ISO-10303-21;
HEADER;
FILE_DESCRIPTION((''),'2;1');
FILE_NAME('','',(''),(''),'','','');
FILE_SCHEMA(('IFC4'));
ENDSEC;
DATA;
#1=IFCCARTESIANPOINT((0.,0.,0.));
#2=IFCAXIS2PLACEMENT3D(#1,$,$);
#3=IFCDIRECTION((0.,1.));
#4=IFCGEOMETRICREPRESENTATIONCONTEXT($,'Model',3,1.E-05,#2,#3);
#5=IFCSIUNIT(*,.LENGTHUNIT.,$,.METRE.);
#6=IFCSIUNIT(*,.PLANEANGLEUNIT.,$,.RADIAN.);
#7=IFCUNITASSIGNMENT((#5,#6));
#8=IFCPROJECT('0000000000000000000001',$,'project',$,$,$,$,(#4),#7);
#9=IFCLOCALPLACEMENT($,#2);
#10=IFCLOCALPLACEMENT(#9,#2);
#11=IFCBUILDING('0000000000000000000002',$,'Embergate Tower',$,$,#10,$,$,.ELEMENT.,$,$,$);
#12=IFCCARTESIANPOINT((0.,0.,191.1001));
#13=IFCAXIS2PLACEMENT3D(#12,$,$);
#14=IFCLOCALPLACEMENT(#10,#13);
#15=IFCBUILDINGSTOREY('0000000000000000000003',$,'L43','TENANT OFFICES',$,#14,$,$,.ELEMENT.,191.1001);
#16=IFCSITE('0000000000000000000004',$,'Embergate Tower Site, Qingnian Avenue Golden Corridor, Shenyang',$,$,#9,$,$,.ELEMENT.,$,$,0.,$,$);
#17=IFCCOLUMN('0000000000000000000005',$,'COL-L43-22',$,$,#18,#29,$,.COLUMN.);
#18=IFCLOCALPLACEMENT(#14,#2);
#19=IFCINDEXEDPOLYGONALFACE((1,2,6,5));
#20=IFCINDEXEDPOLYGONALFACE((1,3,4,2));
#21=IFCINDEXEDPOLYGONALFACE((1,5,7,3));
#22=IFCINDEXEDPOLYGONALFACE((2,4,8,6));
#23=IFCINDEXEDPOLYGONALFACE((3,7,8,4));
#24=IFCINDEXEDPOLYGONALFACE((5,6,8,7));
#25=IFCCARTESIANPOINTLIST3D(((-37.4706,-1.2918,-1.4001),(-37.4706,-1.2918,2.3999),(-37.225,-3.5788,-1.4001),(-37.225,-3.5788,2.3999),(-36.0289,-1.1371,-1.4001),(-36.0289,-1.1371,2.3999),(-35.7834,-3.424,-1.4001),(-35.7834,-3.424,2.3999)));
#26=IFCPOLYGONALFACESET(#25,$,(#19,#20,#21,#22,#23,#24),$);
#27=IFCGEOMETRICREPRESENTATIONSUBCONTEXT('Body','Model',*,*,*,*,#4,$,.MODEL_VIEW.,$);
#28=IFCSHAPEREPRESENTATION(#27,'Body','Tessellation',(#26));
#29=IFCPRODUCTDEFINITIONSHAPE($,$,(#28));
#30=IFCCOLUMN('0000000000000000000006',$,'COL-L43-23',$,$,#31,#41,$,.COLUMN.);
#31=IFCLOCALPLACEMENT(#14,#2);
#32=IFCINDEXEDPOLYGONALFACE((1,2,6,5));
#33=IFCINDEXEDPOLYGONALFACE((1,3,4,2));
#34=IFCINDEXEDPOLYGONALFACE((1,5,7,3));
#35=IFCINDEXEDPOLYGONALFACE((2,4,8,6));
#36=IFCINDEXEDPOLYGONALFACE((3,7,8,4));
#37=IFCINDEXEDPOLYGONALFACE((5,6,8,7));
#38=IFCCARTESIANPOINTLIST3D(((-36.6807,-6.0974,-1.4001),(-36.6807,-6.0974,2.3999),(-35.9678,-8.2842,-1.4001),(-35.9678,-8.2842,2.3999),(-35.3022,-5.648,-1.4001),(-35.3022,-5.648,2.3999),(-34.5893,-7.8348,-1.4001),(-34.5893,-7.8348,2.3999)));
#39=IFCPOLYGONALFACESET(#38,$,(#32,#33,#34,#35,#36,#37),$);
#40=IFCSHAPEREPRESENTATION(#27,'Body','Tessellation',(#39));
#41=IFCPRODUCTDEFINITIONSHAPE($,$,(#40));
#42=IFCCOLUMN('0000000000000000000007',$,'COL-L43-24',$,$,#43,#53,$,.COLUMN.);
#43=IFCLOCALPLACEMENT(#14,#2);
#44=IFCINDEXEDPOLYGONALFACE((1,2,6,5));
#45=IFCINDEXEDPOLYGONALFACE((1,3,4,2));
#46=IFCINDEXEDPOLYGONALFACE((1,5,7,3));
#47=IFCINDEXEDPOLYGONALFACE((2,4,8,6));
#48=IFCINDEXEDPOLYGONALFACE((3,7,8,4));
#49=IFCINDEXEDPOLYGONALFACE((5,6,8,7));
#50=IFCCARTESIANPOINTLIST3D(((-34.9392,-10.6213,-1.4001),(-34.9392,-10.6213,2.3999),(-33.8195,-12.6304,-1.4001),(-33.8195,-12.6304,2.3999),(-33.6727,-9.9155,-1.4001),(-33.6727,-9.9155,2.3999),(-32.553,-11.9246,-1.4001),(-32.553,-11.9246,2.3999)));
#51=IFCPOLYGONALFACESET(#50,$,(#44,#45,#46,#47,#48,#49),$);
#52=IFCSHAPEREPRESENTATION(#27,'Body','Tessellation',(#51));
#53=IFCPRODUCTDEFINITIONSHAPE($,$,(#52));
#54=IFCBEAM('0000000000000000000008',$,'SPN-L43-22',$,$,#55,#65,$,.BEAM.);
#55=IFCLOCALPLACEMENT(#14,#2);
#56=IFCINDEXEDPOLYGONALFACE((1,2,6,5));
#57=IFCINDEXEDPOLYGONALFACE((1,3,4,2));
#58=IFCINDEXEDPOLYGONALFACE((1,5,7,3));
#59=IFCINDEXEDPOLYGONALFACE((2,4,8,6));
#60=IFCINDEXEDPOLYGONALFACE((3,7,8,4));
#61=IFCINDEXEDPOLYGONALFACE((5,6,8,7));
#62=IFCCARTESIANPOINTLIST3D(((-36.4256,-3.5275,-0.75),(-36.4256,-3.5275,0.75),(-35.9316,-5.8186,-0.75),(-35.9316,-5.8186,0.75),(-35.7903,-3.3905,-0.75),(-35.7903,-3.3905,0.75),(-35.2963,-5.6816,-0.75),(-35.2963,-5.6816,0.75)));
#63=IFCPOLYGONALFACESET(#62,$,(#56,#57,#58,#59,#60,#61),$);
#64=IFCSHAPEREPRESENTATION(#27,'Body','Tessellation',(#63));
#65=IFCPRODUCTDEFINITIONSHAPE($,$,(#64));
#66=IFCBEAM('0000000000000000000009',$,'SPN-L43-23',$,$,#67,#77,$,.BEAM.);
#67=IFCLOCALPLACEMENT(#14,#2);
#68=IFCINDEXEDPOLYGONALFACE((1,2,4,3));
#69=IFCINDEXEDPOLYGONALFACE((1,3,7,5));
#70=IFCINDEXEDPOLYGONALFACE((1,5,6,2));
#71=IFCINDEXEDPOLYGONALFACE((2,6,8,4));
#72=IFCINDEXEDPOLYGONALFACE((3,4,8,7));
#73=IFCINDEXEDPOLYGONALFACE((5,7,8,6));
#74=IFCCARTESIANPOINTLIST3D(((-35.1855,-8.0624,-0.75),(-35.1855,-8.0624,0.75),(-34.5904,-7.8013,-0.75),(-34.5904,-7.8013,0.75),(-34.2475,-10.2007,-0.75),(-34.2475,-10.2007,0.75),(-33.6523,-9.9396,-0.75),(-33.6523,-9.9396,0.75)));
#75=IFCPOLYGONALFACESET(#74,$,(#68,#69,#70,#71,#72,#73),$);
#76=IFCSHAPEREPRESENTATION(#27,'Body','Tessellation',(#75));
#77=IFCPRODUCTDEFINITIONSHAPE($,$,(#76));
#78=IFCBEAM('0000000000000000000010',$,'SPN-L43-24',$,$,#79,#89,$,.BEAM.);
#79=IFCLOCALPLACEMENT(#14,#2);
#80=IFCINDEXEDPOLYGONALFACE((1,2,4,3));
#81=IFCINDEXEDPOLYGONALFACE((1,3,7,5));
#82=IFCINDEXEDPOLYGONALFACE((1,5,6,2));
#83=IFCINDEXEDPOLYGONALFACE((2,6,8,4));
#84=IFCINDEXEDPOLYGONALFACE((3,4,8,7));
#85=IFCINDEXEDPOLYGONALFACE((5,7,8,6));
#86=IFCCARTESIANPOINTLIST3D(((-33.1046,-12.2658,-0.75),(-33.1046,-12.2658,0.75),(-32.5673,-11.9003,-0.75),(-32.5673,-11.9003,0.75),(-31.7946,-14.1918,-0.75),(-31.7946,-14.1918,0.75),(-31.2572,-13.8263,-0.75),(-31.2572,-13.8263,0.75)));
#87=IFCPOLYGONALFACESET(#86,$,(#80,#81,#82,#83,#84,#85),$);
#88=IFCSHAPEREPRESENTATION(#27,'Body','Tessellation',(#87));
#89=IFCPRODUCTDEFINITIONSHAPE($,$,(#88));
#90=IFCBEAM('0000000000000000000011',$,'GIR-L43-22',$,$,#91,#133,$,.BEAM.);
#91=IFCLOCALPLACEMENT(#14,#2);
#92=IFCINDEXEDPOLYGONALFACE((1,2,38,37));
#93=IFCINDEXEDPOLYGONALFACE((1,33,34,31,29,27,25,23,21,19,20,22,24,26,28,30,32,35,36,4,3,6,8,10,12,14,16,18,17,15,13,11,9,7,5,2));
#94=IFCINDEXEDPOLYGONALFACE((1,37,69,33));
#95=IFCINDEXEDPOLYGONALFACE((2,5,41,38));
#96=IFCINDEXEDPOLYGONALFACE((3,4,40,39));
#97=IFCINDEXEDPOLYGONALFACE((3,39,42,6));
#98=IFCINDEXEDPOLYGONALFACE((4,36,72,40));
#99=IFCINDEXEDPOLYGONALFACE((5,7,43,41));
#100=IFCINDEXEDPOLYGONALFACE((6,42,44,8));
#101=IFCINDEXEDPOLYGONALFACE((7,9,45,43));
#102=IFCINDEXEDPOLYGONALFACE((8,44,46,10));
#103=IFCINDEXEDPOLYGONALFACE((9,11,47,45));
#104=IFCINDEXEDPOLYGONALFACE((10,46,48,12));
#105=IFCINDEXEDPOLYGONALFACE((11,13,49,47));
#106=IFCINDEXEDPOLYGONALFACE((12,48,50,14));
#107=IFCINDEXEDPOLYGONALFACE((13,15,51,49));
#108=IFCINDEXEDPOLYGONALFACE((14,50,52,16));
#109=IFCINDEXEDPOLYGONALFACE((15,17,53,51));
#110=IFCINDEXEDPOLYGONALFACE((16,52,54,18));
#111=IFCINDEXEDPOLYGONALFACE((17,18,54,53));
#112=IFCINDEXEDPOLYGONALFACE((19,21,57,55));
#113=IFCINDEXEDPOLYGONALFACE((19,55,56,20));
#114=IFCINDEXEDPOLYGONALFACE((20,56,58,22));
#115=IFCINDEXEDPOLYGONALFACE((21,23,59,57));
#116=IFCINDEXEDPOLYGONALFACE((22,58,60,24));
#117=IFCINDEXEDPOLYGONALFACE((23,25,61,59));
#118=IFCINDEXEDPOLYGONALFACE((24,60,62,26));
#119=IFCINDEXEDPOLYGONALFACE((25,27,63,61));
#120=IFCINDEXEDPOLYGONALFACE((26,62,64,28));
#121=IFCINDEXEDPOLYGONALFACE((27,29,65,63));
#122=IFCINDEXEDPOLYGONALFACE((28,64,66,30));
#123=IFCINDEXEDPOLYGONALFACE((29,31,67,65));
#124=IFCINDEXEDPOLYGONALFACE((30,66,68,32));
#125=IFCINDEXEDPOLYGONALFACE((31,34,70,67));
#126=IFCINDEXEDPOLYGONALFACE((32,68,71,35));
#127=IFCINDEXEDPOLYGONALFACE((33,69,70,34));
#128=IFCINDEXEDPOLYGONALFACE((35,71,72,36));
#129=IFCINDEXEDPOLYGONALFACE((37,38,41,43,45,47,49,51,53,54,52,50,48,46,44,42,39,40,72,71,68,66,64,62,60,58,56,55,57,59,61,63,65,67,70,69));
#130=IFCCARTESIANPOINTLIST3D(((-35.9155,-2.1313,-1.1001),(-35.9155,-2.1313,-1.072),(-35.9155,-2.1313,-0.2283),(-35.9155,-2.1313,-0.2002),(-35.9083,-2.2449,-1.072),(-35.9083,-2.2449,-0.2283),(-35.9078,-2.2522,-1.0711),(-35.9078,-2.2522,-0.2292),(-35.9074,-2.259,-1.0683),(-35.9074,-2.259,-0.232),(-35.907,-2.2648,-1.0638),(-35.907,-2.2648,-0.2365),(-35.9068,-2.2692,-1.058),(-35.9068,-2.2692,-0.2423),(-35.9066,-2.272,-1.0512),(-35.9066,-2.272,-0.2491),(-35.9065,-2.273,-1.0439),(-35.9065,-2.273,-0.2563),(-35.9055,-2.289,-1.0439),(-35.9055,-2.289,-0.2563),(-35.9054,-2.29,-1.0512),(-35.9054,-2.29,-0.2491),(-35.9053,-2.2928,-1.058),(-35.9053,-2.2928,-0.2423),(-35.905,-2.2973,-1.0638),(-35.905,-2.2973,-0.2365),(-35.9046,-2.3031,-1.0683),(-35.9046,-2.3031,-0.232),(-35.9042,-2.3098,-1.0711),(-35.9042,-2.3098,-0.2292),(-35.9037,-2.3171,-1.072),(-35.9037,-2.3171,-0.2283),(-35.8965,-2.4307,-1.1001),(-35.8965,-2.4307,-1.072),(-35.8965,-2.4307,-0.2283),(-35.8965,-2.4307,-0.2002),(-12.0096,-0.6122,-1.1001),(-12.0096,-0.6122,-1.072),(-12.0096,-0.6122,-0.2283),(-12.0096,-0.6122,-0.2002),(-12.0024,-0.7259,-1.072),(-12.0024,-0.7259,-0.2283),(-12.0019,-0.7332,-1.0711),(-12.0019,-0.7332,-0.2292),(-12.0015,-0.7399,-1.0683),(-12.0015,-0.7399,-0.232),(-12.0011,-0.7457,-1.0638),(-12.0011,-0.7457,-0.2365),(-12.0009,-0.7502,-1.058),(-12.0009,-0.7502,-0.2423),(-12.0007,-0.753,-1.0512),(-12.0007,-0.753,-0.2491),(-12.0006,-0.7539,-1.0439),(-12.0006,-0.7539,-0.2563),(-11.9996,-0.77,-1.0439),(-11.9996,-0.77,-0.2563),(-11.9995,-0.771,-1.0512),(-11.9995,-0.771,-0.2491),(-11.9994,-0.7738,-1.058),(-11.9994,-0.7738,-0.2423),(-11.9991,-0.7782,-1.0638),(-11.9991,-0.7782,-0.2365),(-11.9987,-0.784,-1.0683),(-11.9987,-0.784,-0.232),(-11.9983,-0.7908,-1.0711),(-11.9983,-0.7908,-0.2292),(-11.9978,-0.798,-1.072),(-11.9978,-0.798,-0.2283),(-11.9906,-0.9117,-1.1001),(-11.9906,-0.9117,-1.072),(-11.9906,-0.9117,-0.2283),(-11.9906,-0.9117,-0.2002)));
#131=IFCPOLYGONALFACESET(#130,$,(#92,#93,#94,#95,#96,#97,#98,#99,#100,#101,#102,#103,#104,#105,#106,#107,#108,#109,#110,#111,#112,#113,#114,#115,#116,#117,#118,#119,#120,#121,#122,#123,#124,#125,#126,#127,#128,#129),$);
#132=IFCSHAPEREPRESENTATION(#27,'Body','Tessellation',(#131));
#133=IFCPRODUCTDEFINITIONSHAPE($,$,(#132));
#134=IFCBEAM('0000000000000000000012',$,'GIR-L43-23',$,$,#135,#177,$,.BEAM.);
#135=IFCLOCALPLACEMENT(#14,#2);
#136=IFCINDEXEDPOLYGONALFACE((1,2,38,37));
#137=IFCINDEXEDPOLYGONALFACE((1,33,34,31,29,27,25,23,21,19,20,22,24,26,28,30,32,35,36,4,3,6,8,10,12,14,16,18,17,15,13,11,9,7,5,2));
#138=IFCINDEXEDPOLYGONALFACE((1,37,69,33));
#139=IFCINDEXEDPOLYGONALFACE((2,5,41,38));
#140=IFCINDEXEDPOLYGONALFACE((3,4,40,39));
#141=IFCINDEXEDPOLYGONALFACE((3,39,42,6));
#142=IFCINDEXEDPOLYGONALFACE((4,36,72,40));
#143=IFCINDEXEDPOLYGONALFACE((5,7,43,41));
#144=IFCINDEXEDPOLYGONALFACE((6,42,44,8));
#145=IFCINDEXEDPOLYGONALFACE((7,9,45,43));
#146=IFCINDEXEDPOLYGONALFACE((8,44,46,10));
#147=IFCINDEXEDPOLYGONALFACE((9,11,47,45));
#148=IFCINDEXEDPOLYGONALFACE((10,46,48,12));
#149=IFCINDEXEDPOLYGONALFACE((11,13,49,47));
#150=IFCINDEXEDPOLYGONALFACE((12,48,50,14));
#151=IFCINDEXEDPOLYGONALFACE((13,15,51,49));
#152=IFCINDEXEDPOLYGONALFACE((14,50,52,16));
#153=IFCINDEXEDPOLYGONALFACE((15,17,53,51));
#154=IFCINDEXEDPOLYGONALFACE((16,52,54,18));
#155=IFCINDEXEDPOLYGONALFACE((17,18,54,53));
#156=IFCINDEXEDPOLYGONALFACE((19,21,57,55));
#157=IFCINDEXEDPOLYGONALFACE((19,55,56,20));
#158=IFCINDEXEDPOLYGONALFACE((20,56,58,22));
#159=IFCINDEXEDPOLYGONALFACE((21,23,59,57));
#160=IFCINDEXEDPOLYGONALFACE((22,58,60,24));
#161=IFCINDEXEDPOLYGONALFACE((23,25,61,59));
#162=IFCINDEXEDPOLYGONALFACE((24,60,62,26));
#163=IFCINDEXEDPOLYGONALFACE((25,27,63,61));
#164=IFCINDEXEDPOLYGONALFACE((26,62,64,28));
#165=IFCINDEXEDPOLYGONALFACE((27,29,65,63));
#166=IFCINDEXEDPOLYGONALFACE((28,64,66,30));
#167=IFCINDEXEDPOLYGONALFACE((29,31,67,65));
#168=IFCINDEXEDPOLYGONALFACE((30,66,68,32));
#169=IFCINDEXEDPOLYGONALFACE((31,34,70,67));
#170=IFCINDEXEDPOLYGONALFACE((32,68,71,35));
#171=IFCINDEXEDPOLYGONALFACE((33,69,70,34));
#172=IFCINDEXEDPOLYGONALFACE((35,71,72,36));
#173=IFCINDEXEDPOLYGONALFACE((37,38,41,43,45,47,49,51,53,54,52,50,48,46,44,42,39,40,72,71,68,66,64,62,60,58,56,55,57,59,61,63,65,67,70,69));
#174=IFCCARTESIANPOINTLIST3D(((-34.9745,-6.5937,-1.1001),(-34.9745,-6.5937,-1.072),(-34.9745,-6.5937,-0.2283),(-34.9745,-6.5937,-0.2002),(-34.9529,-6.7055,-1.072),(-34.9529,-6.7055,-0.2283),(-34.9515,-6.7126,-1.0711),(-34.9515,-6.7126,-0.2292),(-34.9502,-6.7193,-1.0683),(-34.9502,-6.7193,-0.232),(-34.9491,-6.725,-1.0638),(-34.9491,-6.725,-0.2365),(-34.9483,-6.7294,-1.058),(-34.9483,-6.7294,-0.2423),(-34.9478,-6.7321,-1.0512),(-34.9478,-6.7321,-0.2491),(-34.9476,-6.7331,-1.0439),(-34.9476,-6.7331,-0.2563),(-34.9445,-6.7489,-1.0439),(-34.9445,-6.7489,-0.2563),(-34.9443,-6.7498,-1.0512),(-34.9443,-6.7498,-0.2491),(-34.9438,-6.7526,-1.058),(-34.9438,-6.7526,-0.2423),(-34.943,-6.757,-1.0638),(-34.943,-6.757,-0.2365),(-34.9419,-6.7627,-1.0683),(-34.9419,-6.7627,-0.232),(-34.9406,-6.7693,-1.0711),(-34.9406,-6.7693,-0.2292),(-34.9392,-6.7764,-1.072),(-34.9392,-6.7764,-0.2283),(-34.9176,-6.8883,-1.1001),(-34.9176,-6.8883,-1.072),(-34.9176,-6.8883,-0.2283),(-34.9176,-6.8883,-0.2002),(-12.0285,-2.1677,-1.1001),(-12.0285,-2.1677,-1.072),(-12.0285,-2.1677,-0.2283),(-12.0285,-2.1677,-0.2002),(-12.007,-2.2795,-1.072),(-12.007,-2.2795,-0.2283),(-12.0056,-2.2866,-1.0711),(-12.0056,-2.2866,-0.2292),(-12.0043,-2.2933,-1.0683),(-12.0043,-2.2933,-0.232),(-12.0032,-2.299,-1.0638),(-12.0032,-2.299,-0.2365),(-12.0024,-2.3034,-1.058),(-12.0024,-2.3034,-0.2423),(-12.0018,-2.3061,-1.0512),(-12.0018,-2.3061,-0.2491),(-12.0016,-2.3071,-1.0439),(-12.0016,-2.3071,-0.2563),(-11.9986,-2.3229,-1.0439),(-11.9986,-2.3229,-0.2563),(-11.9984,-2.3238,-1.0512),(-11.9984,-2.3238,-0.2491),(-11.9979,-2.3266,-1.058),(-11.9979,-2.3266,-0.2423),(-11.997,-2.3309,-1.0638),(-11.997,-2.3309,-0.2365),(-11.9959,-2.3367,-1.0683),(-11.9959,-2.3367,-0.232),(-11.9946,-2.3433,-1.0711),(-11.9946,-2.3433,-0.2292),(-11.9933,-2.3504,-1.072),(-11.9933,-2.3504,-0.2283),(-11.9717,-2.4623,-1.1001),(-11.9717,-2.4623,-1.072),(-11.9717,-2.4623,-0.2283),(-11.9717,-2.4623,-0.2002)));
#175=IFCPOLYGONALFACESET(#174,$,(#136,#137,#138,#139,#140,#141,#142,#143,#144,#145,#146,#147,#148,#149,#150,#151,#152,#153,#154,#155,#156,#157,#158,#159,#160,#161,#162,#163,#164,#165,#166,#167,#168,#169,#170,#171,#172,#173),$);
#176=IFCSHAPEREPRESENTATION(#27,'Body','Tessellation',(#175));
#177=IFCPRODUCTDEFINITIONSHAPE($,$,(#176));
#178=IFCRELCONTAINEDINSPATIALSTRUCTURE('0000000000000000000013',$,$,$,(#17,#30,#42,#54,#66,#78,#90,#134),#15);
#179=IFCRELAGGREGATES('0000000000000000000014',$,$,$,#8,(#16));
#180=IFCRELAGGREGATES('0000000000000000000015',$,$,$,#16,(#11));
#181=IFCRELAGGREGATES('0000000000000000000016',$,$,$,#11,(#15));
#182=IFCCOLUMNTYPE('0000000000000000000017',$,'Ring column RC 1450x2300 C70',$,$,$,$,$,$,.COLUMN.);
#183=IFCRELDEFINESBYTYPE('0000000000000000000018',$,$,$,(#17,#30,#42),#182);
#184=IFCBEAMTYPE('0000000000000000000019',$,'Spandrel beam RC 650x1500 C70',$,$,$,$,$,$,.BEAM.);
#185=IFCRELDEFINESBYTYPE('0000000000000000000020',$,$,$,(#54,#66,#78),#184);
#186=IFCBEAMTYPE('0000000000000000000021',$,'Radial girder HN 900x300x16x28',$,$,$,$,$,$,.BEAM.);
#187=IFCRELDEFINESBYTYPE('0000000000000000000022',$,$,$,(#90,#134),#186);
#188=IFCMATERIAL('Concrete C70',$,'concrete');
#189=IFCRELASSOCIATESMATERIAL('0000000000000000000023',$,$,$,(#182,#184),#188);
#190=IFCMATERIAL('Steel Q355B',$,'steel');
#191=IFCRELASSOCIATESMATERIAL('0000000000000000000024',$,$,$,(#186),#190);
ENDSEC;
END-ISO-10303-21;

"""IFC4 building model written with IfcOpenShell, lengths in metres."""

from ifc_helpers import new_model, si_unit, direction, frame, origin, origin_2d, place, context, subcontext, project, spatial, rectangle, i_section, extrude, source, transform, mapped, material, material_profile, profile_set, type_object, element, save


model = new_model("IFC4")

# Units and contexts
model_context = context("Model", 3, precision=1e-05, world=origin(), true_north=direction((0.0, 1.0)))
body_context = subcontext(model_context, "Body", "Model", "MODEL_VIEW")
ifc_project = project(units=[si_unit("LENGTHUNIT", "METRE"), si_unit("PLANEANGLEUNIT", "RADIAN")], contexts=[model_context])

# Site, building, storey
site_placement = place(None, origin())
site = spatial("IfcSite", under=ifc_project, at=site_placement, Name="Embergate Tower Site, Qingnian Avenue Golden Corridor, Shenyang", CompositionType="ELEMENT", RefElevation=0.0)
building_placement = place(site_placement, origin())
building = spatial("IfcBuilding", under=site, at=building_placement, Name="Embergate Tower", CompositionType="ELEMENT")
storey_placement = place(building_placement, frame((0.0, 0.0, 191.1001)))
storey = spatial("IfcBuildingStorey", under=building, at=storey_placement, Name="L43", Description="TENANT OFFICES", CompositionType="ELEMENT", Elevation=191.1001)

# Columns
ifc_material_1 = material(Name="Concrete C70", Category="concrete")
ifc_material_profile_1 = material_profile(ifc_material_1, rectangle(XDim=1.45, YDim=2.3, at=origin_2d()), Name="RC 1450x2300")
ifc_profile_set_1 = profile_set([ifc_material_profile_1], Name="Concrete C70")
column_type = type_object("IfcColumnType", Name="Ring column RC 1450x2300 C70", PredefinedType="COLUMN", material=ifc_profile_set_1)
shared_shape_1 = source(origin(), body_context, "Body", "SweptSolid", [
    extrude(rectangle(XDim=1.45, YDim=2.3, at=origin_2d()), origin(), (0.0, 0.0, 1.0), 3.8),
])
for number, where, z_axis, x_axis, name in (
    (1, (-36.627, -2.3579, -1.4001), (0.0, 0.0, 1.0), (-0.994286, -0.10675, 0.0), "COL-L43-22"),
    (2, (-35.635, -6.9661, -1.4001), (0.0, 0.0, 1.0), (-0.950754, -0.309946, 0.0), "COL-L43-23"),
    (3, (-33.7461, -11.2729, -1.4001), (0.0, 0.0, 1.0), (-0.8735, -0.486823, 0.0), "COL-L43-24"),
):
    element("IfcColumn", number, at=place(storey_placement, frame(where, z_axis=z_axis, x_axis=x_axis)), inside=storey, type_object=column_type, Name=name, PredefinedType="COLUMN", context=body_context, shape_type="MappedRepresentation", body=[
        mapped(shared_shape_1, transform((0.0, 0.0, 0.0))),
    ])

# Beams
ifc_material_profile_2 = material_profile(ifc_material_1, rectangle(XDim=0.6499, YDim=1.5, at=origin_2d()), Name="RC 650x1500")
ifc_profile_set_2 = profile_set([ifc_material_profile_2], Name="Concrete C70")
beam_type_1 = type_object("IfcBeamType", Name="Spandrel beam RC 650x1500 C70", PredefinedType="BEAM", material=ifc_profile_set_2)
shared_shape_2 = source(origin(), body_context, "Body", "SweptSolid", [
    extrude(rectangle(XDim=0.6499, YDim=1.5, at=origin_2d()), origin(), (0.0, 0.0, 1.0), 2.3438),
])
beam_1_placement = place(storey_placement, frame((-36.1079, -3.459, 0.0), z_axis=(0.210738, -0.977543, 0.0), x_axis=(0.977543, 0.210738, 0.0)))
element("IfcBeam", 4, at=beam_1_placement, inside=storey, type_object=beam_type_1, Name="SPN-L43-22", PredefinedType="BEAM", context=body_context, shape_type="MappedRepresentation", body=[
    mapped(shared_shape_2, transform((0.0, 0.0, 0.0))),
])
shared_shape_3 = source(origin(), body_context, "Body", "SweptSolid", [
    extrude(rectangle(XDim=0.6499, YDim=1.5, at=origin_2d()), origin(), (0.0, 0.0, 1.0), 2.335),
])
beam_2_placement = place(storey_placement, frame((-34.8879, -7.9319, 0.0), z_axis=(0.401729, -0.915759, 0.0), x_axis=(0.915759, 0.401729, 0.0)))
element("IfcBeam", 5, at=beam_2_placement, inside=storey, type_object=beam_type_1, Name="SPN-L43-23", PredefinedType="BEAM", context=body_context, shape_type="MappedRepresentation", body=[
    mapped(shared_shape_3, transform((0.0, 0.0, 0.0))),
])
shared_shape_4 = source(origin(), body_context, "Body", "SweptSolid", [
    extrude(rectangle(XDim=0.6499, YDim=1.5, at=origin_2d()), origin(), (0.0, 0.0, 1.0), 2.3293),
])
beam_3_placement = place(storey_placement, frame((-32.8359, -12.083, 0.0), z_axis=(0.562416, -0.826854, 0.0), x_axis=(0.826854, 0.562416, 0.0)))
element("IfcBeam", 6, at=beam_3_placement, inside=storey, type_object=beam_type_1, Name="SPN-L43-24", PredefinedType="BEAM", context=body_context, shape_type="MappedRepresentation", body=[
    mapped(shared_shape_4, transform((0.0, 0.0, 0.0))),
])
ifc_material_2 = material(Name="Steel Q355B", Category="steel")
ifc_material_profile_3 = material_profile(ifc_material_2, i_section(OverallWidth=0.3, OverallDepth=0.8999, WebThickness=0.0161, FlangeThickness=0.0281, FilletRadius=0.0281, at=origin_2d()), Name="HN 900x300x16x28")
ifc_profile_set_3 = profile_set([ifc_material_profile_3], Name="Steel Q355 grade B")
beam_type_2 = type_object("IfcBeamType", Name="Radial girder HN 900x300x16x28", PredefinedType="BEAM", material=ifc_profile_set_3)
shared_shape_5 = source(origin(), body_context, "Body", "SweptSolid", [
    extrude(i_section(OverallWidth=0.3, OverallDepth=0.8999, WebThickness=0.0161, FlangeThickness=0.0281, FilletRadius=0.0281, at=origin_2d()), origin(), (0.0, 0.0, 1.0), 23.9541),
])
beam_4_placement = place(storey_placement, frame((-35.906, -2.281, -0.6501), z_axis=(0.997987, 0.063414, 0.0), x_axis=(-0.063414, 0.997987, 0.0)))
element("IfcBeam", 7, at=beam_4_placement, inside=storey, type_object=beam_type_2, Name="GIR-L43-22", PredefinedType="BEAM", context=body_context, shape_type="MappedRepresentation", body=[
    mapped(shared_shape_5, transform((0.0, 0.0, 0.0))),
])
shared_shape_6 = source(origin(), body_context, "Body", "SweptSolid", [
    extrude(i_section(OverallWidth=0.3, OverallDepth=0.8999, WebThickness=0.0161, FlangeThickness=0.0281, FilletRadius=0.0281, at=origin_2d()), origin(), (0.0, 0.0, 1.0), 23.3689),
])
beam_5_placement = place(storey_placement, frame((-34.946, -6.741, -0.6501), z_axis=(0.981901, 0.189397, 0.0), x_axis=(-0.189397, 0.981901, 0.0)))
element("IfcBeam", 8, at=beam_5_placement, inside=storey, type_object=beam_type_2, Name="GIR-L43-23", PredefinedType="BEAM", context=body_context, shape_type="MappedRepresentation", body=[
    mapped(shared_shape_6, transform((0.0, 0.0, 0.0))),
])

save(model, "model.ifc")
